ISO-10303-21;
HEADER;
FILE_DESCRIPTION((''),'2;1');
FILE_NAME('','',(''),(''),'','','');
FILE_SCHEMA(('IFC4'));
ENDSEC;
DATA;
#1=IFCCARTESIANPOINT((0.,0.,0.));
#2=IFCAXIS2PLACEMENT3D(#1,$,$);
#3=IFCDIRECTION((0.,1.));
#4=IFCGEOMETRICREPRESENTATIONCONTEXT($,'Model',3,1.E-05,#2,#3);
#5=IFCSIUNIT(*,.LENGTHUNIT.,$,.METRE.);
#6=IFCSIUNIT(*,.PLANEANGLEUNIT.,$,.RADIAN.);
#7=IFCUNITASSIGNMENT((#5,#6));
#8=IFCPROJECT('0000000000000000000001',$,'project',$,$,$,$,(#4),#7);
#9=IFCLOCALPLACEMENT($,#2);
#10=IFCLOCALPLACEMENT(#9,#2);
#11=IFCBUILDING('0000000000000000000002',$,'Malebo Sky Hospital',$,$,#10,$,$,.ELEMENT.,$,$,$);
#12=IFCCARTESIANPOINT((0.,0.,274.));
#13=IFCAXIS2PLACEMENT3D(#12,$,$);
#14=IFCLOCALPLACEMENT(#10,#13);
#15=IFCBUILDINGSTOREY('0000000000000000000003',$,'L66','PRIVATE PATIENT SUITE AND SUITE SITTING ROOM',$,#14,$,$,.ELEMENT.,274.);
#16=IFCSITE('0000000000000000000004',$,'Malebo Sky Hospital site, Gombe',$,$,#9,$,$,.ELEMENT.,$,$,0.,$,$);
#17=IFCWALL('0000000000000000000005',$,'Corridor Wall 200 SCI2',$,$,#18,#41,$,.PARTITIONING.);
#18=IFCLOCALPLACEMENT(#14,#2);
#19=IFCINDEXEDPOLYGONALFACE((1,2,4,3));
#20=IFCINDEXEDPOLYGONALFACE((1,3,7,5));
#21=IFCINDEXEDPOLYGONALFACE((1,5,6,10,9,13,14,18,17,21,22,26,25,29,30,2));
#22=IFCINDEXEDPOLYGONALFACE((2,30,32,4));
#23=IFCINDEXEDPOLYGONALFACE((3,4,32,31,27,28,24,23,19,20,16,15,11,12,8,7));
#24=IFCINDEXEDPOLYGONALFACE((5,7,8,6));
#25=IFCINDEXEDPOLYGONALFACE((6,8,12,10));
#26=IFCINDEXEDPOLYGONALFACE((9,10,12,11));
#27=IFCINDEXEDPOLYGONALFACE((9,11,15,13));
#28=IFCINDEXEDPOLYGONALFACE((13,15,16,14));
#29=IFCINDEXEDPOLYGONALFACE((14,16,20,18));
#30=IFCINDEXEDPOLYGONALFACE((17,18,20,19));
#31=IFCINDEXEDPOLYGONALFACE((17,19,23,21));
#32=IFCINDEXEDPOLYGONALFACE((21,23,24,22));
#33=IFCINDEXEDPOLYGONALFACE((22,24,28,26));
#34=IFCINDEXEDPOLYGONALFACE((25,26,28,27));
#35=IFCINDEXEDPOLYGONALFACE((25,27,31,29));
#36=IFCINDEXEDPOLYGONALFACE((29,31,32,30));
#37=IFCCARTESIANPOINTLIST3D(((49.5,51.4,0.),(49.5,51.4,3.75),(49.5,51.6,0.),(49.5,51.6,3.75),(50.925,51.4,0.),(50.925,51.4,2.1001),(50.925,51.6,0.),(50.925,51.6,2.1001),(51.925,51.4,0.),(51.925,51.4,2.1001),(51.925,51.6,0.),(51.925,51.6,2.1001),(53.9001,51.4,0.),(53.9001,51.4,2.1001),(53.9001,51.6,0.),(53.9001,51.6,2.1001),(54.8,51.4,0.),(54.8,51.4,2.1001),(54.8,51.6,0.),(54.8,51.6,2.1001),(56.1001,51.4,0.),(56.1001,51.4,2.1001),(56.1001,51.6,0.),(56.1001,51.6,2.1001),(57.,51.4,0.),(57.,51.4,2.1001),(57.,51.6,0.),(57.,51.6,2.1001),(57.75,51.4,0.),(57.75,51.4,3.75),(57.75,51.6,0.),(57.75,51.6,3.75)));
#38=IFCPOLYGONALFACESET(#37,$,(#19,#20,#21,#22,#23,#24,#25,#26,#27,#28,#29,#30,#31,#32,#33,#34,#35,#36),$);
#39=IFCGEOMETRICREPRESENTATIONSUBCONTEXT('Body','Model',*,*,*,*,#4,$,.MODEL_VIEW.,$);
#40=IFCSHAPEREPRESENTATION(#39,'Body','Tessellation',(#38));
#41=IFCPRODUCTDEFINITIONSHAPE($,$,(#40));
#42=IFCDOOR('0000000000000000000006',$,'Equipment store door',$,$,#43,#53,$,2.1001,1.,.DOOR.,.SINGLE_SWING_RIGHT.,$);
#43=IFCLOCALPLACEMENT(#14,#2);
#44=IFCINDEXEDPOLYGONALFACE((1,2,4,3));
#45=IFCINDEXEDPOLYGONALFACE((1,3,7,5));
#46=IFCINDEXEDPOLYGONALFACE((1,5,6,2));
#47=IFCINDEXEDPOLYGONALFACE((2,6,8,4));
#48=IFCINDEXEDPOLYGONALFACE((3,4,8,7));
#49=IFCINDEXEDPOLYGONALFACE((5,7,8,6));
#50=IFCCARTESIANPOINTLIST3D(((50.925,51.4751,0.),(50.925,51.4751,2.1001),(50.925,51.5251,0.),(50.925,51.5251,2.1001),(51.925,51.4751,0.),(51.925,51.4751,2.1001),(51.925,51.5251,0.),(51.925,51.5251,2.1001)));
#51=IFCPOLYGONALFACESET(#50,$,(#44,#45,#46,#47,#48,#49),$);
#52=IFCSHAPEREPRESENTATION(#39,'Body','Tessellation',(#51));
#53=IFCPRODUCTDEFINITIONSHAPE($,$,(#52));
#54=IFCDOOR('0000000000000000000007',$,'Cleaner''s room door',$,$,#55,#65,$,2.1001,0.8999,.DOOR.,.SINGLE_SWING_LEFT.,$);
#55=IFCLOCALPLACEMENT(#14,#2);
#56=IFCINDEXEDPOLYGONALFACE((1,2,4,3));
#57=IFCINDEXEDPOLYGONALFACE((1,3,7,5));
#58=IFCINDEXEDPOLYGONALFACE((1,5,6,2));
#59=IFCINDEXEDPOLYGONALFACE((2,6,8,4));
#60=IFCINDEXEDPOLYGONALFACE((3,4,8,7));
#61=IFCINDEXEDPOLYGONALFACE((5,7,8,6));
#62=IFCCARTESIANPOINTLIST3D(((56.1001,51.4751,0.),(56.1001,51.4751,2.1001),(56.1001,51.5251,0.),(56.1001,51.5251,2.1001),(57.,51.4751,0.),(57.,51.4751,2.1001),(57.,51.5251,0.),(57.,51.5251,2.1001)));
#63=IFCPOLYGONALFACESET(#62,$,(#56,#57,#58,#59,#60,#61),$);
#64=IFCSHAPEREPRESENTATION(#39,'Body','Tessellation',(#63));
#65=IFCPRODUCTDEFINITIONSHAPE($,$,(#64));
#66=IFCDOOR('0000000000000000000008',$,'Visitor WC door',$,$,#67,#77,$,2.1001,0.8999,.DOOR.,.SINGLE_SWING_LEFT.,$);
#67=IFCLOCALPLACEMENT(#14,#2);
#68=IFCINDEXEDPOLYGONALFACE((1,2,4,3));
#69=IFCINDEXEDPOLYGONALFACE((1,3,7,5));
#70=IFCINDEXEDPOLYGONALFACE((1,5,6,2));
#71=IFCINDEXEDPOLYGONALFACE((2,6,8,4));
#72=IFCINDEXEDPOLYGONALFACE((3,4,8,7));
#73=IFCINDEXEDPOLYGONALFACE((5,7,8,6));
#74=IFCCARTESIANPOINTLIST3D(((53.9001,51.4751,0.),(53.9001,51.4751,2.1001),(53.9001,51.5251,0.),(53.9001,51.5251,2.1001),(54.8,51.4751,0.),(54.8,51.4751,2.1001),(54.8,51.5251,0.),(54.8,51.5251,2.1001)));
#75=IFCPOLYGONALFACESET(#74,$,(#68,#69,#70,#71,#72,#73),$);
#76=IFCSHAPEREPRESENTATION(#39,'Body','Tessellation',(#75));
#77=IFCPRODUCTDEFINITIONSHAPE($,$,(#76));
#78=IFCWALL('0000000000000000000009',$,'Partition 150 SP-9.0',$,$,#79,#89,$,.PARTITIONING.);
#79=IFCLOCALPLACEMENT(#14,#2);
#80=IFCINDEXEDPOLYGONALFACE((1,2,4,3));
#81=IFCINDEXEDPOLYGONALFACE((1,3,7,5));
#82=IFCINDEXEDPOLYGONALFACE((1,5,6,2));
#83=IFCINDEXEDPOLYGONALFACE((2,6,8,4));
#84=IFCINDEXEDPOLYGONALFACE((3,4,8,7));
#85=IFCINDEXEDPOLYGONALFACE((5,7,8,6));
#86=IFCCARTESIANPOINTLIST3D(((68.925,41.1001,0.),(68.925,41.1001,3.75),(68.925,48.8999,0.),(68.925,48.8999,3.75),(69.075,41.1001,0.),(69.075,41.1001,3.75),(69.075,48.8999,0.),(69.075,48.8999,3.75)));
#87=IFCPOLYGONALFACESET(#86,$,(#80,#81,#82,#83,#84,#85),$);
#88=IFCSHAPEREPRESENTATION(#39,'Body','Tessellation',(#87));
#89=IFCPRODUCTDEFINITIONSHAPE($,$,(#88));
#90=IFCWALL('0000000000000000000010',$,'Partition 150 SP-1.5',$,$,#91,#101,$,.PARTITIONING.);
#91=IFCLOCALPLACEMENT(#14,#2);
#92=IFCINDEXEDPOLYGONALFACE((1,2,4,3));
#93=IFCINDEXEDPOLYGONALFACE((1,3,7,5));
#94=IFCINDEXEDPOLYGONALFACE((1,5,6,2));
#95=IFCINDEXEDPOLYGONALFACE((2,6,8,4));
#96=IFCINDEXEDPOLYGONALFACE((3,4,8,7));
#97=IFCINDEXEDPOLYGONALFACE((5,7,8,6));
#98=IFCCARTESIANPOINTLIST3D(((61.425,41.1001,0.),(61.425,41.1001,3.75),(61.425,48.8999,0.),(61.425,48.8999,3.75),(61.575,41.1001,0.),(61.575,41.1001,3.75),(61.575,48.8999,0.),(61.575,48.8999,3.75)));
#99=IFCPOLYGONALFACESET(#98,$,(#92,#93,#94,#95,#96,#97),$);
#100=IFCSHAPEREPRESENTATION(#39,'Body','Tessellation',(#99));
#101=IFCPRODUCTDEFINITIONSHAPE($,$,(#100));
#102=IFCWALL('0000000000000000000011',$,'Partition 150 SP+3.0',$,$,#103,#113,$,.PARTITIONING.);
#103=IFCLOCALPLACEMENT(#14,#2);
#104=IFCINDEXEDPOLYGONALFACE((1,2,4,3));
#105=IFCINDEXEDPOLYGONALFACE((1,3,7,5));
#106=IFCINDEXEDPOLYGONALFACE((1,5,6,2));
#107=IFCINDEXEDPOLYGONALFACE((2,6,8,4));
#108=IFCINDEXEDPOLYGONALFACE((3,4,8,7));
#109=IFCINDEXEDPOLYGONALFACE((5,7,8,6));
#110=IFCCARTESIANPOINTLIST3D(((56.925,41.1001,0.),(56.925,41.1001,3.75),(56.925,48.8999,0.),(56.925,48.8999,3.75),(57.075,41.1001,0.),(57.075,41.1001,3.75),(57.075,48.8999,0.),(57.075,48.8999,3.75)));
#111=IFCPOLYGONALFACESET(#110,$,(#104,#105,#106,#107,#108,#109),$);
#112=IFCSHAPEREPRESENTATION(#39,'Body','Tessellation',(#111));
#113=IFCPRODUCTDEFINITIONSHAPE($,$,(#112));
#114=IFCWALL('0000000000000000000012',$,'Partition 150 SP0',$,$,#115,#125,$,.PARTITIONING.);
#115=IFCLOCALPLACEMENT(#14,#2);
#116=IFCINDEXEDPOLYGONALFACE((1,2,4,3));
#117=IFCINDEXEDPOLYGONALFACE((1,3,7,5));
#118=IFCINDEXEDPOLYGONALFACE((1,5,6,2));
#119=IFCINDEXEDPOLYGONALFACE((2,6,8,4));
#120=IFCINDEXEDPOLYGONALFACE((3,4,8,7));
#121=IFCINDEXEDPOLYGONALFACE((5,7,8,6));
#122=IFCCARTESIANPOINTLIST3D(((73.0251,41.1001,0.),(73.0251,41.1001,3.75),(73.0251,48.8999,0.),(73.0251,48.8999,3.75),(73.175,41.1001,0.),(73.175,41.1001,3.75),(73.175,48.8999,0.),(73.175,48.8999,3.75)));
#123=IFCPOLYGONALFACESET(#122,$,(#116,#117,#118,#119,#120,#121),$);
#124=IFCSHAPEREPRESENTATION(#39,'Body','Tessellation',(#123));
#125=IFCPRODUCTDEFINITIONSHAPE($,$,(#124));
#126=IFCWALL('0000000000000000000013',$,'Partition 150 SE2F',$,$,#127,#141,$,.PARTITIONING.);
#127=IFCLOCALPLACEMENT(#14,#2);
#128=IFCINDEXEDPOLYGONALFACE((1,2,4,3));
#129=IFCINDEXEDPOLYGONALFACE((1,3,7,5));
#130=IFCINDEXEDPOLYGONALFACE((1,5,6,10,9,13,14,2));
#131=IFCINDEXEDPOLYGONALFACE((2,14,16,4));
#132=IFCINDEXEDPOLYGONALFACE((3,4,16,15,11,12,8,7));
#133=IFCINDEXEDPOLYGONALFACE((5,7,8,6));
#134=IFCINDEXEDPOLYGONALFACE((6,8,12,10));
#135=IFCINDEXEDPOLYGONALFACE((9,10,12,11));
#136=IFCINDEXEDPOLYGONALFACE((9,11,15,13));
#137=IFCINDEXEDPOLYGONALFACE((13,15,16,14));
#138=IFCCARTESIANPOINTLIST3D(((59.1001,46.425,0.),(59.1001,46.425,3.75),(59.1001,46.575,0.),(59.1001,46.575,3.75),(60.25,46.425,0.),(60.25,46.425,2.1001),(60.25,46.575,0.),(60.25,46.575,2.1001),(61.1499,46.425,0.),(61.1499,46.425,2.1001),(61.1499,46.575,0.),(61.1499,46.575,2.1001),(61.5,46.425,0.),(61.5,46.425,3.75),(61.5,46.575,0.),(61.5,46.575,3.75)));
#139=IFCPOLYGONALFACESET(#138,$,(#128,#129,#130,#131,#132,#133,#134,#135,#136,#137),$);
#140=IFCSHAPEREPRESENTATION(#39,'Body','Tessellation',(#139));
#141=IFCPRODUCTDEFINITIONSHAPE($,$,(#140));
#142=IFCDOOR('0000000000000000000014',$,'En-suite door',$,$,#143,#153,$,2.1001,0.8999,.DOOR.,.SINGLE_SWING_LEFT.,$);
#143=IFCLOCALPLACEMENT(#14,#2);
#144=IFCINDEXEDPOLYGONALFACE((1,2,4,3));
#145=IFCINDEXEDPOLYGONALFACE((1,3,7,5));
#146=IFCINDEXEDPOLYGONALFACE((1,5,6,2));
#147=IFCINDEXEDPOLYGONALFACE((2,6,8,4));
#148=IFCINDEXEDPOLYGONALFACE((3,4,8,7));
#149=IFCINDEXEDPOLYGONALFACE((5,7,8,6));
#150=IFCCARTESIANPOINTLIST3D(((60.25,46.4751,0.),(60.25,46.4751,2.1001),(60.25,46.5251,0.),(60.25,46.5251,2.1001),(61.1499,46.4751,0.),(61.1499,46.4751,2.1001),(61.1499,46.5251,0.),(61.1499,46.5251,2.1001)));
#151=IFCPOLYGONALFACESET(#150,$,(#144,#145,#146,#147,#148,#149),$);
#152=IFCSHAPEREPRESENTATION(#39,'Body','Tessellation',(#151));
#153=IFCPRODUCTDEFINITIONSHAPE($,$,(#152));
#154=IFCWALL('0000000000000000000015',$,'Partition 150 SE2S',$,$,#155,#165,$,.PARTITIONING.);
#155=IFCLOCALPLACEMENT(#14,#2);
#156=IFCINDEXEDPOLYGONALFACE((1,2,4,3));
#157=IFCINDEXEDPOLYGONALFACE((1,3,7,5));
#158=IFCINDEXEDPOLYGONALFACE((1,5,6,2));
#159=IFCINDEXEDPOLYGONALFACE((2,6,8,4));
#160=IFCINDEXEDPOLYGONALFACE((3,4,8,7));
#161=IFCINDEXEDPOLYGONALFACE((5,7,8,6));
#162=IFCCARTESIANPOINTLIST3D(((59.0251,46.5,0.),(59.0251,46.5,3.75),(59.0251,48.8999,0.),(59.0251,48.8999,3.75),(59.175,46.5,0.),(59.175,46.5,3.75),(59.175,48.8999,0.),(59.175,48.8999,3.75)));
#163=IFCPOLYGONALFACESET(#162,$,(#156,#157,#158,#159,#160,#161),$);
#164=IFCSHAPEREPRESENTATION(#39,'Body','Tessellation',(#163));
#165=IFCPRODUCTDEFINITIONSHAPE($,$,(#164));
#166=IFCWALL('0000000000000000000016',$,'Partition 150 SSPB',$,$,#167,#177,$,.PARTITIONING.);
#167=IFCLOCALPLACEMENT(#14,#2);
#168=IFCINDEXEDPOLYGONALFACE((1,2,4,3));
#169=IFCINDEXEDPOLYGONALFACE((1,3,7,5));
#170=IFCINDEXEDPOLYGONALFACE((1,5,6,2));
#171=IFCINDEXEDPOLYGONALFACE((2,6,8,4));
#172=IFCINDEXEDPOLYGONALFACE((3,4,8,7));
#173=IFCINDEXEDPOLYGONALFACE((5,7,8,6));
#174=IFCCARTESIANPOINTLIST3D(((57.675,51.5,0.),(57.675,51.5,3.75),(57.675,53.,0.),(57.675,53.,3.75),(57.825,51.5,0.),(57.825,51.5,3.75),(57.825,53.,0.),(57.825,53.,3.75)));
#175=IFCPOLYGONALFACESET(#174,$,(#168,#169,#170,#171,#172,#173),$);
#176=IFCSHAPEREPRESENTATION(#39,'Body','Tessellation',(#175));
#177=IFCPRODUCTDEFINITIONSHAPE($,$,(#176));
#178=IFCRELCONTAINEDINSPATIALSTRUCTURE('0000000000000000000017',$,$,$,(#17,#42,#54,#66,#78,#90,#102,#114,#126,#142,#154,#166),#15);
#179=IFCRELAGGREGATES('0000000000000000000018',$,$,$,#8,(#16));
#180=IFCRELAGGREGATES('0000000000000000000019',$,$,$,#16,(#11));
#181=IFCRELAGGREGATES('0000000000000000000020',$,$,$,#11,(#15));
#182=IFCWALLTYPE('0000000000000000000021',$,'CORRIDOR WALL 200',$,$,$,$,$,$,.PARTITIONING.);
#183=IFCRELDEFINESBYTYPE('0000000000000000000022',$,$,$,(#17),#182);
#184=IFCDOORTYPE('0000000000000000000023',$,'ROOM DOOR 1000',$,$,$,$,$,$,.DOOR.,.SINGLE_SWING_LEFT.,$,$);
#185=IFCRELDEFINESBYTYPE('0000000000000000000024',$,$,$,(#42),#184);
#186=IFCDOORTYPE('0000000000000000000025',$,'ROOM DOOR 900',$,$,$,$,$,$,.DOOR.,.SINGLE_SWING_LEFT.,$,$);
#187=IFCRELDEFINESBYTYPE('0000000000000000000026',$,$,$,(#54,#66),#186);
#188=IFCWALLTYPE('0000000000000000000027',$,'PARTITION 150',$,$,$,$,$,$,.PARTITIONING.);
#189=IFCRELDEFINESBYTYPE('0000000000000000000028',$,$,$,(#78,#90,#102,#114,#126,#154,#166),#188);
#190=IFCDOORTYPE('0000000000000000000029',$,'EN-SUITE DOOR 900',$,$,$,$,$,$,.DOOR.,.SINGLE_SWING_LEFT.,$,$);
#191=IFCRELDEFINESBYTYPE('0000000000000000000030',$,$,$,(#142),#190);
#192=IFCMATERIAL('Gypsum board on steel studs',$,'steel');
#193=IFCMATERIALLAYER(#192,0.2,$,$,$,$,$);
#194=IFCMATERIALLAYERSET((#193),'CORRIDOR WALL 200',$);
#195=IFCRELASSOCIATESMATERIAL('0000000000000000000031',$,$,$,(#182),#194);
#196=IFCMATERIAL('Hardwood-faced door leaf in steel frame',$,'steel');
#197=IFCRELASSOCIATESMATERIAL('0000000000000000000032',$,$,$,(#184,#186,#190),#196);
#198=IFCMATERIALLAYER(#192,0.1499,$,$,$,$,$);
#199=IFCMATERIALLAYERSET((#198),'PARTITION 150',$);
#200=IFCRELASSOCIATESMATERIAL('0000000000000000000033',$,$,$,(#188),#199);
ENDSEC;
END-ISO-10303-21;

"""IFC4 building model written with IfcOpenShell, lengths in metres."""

from ifc_helpers import new_model, si_unit, direction, frame, frame_2d, origin, place, context, subcontext, project, spatial, rectangle, extrude, material, layer, layer_set, type_object, element, fill, save


model = new_model("IFC4")

# Units and contexts
model_context = context("Model", 3, precision=1e-05, world=origin(), true_north=direction((0.0, 1.0)))
body_context = subcontext(model_context, "Body", "Model", "MODEL_VIEW")
ifc_project = project(units=[si_unit("LENGTHUNIT", "METRE"), si_unit("PLANEANGLEUNIT", "RADIAN")], contexts=[model_context])

# Site, building, storey
site_placement = place(None, origin())
site = spatial("IfcSite", under=ifc_project, at=site_placement, Name="Malebo Sky Hospital site, Gombe", CompositionType="ELEMENT", RefElevation=0.0)
building_placement = place(site_placement, origin())
building = spatial("IfcBuilding", under=site, at=building_placement, Name="Malebo Sky Hospital", CompositionType="ELEMENT")
storey_placement = place(building_placement, frame((0.0, 0.0, 274.0)))
storey = spatial("IfcBuildingStorey", under=building, at=storey_placement, Name="L66", Description="PRIVATE PATIENT SUITE AND SUITE SITTING ROOM", CompositionType="ELEMENT", Elevation=274.0)

# Wall, openings, doors
ifc_material_1 = material(Name="Gypsum board on steel studs", Category="steel")
ifc_layer_1 = layer(ifc_material_1, 0.2)
ifc_layer_set_1 = layer_set([ifc_layer_1], Name="CORRIDOR WALL 200")
wall_type_1 = type_object("IfcWallType", Name="CORRIDOR WALL 200", PredefinedType="PARTITIONING", material=ifc_layer_set_1)
ifc_material_2 = material(Name="Hardwood-faced door leaf in steel frame", Category="steel")
door_type_1 = type_object("IfcDoorType", Name="ROOM DOOR 1000", OperationType="SINGLE_SWING_LEFT", PredefinedType="DOOR", material=ifc_material_2)
door_type_2 = type_object("IfcDoorType", Name="ROOM DOOR 900", OperationType="SINGLE_SWING_LEFT", PredefinedType="DOOR", material=ifc_material_2)
wall_1_placement = place(storey_placement, frame((57.75, 51.5, 0.0), z_axis=(0.0, 0.0, 1.0), x_axis=(-1.0, 0.0, 0.0)))
wall_1 = element("IfcWall", 1, at=wall_1_placement, inside=storey, type_object=wall_type_1, Name="Corridor Wall 200 SCI2", PredefinedType="PARTITIONING", context=body_context, shape_type="SweptSolid", body=[
    extrude(rectangle(XDim=8.25, YDim=0.2, at=frame_2d((4.125, 0.0))), origin(), (0.0, 0.0, 1.0), 3.75),
])
opening_1_placement = place(wall_1_placement, frame((0.75, 0.0, 0.0)))
opening_1 = element("IfcOpeningElement", 2, at=opening_1_placement, cuts=wall_1, PredefinedType="OPENING", context=body_context, shape_type="SweptSolid", body=[
    extrude(rectangle(XDim=0.8999, YDim=2.1001, at=frame_2d((0.45, 1.05))), frame((0.0, 0.1099, 0.0), z_axis=(0.0, -1.0, 0.0), x_axis=(1.0, 0.0, 0.0)), (0.0, 0.0, 1.0), 0.22),
])
opening_2_placement = place(wall_1_placement, frame((2.95, 0.0, 0.0)))
opening_2 = element("IfcOpeningElement", 3, at=opening_2_placement, cuts=wall_1, PredefinedType="OPENING", context=body_context, shape_type="SweptSolid", body=[
    extrude(rectangle(XDim=0.8999, YDim=2.1001, at=frame_2d((0.45, 1.05))), frame((0.0, 0.1099, 0.0), z_axis=(0.0, -1.0, 0.0), x_axis=(1.0, 0.0, 0.0)), (0.0, 0.0, 1.0), 0.22),
])
opening_3_placement = place(wall_1_placement, frame((5.825, 0.0, 0.0)))
opening_3 = element("IfcOpeningElement", 4, at=opening_3_placement, cuts=wall_1, PredefinedType="OPENING", context=body_context, shape_type="SweptSolid", body=[
    extrude(rectangle(XDim=1.0, YDim=2.1001, at=frame_2d((0.5, 1.05))), frame((0.0, 0.1099, 0.0), z_axis=(0.0, -1.0, 0.0), x_axis=(1.0, 0.0, 0.0)), (0.0, 0.0, 1.0), 0.22),
])
door_1_placement = place(opening_3_placement, origin())
door_1 = element("IfcDoor", 5, at=door_1_placement, inside=storey, type_object=door_type_1, Name="Equipment store door", OperationType="SINGLE_SWING_RIGHT", OverallHeight=2.1001, OverallWidth=1.0, PredefinedType="DOOR", context=body_context, shape_type="SweptSolid", body=[
    extrude(rectangle(XDim=1.0, YDim=2.1001, at=frame_2d((0.5, 1.05))), frame((0.0, 0.0249, 0.0), z_axis=(0.0, -1.0, 0.0), x_axis=(1.0, 0.0, 0.0)), (0.0, 0.0, 1.0), 0.05),
])
fill(opening_3, door_1)
door_2_placement = place(opening_1_placement, origin())
door_2 = element("IfcDoor", 6, at=door_2_placement, inside=storey, type_object=door_type_2, Name="Cleaner's room door", OperationType="SINGLE_SWING_LEFT", OverallHeight=2.1001, OverallWidth=0.8999, PredefinedType="DOOR", context=body_context, shape_type="SweptSolid", body=[
    extrude(rectangle(XDim=0.8999, YDim=2.1001, at=frame_2d((0.45, 1.05))), frame((0.0, 0.0249, 0.0), z_axis=(0.0, -1.0, 0.0), x_axis=(1.0, 0.0, 0.0)), (0.0, 0.0, 1.0), 0.05),
])
fill(opening_1, door_2)
door_3_placement = place(opening_2_placement, origin())
door_3 = element("IfcDoor", 7, at=door_3_placement, inside=storey, type_object=door_type_2, Name="Visitor WC door", OperationType="SINGLE_SWING_LEFT", OverallHeight=2.1001, OverallWidth=0.8999, PredefinedType="DOOR", context=body_context, shape_type="SweptSolid", body=[
    extrude(rectangle(XDim=0.8999, YDim=2.1001, at=frame_2d((0.45, 1.05))), frame((0.0, 0.0249, 0.0), z_axis=(0.0, -1.0, 0.0), x_axis=(1.0, 0.0, 0.0)), (0.0, 0.0, 1.0), 0.05),
])
fill(opening_2, door_3)

# Walls
ifc_layer_2 = layer(ifc_material_1, 0.1499)
ifc_layer_set_2 = layer_set([ifc_layer_2], Name="PARTITION 150")
wall_type_2 = type_object("IfcWallType", Name="PARTITION 150", PredefinedType="PARTITIONING", material=ifc_layer_set_2)
for number, where, z_axis, x_axis, name in (
    (8, (69.0, 48.8999, 0.0), (0.0, 0.0, 1.0), (0.0, -1.0, 0.0), "Partition 150 SP-9.0"),
    (9, (61.5, 48.8999, 0.0), (0.0, 0.0, 1.0), (0.0, -1.0, 0.0), "Partition 150 SP-1.5"),
    (10, (57.0, 48.8999, 0.0), (0.0, 0.0, 1.0), (0.0, -1.0, 0.0), "Partition 150 SP+3.0"),
    (11, (73.1001, 48.8999, 0.0), (0.0, 0.0, 1.0), (0.0, -1.0, 0.0), "Partition 150 SP0"),
):
    element("IfcWall", number, at=place(storey_placement, frame(where, z_axis=z_axis, x_axis=x_axis)), inside=storey, type_object=wall_type_2, Name=name, PredefinedType="PARTITIONING", context=body_context, shape_type="SweptSolid", body=[
        extrude(rectangle(XDim=7.7998, YDim=0.1499, at=frame_2d((3.8999, 0.0))), origin(), (0.0, 0.0, 1.0), 3.75),
    ])

# Wall, opening, door
wall_2_placement = place(storey_placement, frame((61.5, 46.5, 0.0), z_axis=(0.0, 0.0, 1.0), x_axis=(-1.0, 0.0, 0.0)))
wall_2 = element("IfcWall", 12, at=wall_2_placement, inside=storey, type_object=wall_type_2, Name="Partition 150 SE2F", PredefinedType="PARTITIONING", context=body_context, shape_type="SweptSolid", body=[
    extrude(rectangle(XDim=2.3999, YDim=0.1499, at=frame_2d((1.2, 0.0))), origin(), (0.0, 0.0, 1.0), 3.75),
])
opening_4_placement = place(wall_2_placement, frame((0.3501, 0.0, 0.0)))
opening_4 = element("IfcOpeningElement", 13, at=opening_4_placement, cuts=wall_2, PredefinedType="OPENING", context=body_context, shape_type="SweptSolid", body=[
    extrude(rectangle(XDim=0.8999, YDim=2.1001, at=frame_2d((0.45, 1.05))), frame((0.0, 0.085, 0.0), z_axis=(0.0, -1.0, 0.0), x_axis=(1.0, 0.0, 0.0)), (0.0, 0.0, 1.0), 0.1699),
])
door_type_3 = type_object("IfcDoorType", Name="EN-SUITE DOOR 900", OperationType="SINGLE_SWING_LEFT", PredefinedType="DOOR", material=ifc_material_2)
door_4_placement = place(opening_4_placement, origin())
door_4 = element("IfcDoor", 14, at=door_4_placement, inside=storey, type_object=door_type_3, Name="En-suite door", OperationType="SINGLE_SWING_LEFT", OverallHeight=2.1001, OverallWidth=0.8999, PredefinedType="DOOR", context=body_context, shape_type="SweptSolid", body=[
    extrude(rectangle(XDim=0.8999, YDim=2.1001, at=frame_2d((0.45, 1.05))), frame((0.0, 0.0249, 0.0), z_axis=(0.0, -1.0, 0.0), x_axis=(1.0, 0.0, 0.0)), (0.0, 0.0, 1.0), 0.05),
])
fill(opening_4, door_4)

# Walls
wall_3_placement = place(storey_placement, frame((59.1001, 48.8999, 0.0), z_axis=(0.0, 0.0, 1.0), x_axis=(0.0, -1.0, 0.0)))
element("IfcWall", 15, at=wall_3_placement, inside=storey, type_object=wall_type_2, Name="Partition 150 SE2S", PredefinedType="PARTITIONING", context=body_context, shape_type="SweptSolid", body=[
    extrude(rectangle(XDim=2.3999, YDim=0.1499, at=frame_2d((1.2, 0.0))), origin(), (0.0, 0.0, 1.0), 3.75),
])
wall_4_placement = place(storey_placement, frame((57.75, 53.0, 0.0), z_axis=(0.0, 0.0, 1.0), x_axis=(0.0, -1.0, 0.0)))
element("IfcWall", 16, at=wall_4_placement, inside=storey, type_object=wall_type_2, Name="Partition 150 SSPB", PredefinedType="PARTITIONING", context=body_context, shape_type="SweptSolid", body=[
    extrude(rectangle(XDim=1.5, YDim=0.1499, at=frame_2d((0.75, 0.0))), origin(), (0.0, 0.0, 1.0), 3.75),
])

save(model, "model.ifc")
